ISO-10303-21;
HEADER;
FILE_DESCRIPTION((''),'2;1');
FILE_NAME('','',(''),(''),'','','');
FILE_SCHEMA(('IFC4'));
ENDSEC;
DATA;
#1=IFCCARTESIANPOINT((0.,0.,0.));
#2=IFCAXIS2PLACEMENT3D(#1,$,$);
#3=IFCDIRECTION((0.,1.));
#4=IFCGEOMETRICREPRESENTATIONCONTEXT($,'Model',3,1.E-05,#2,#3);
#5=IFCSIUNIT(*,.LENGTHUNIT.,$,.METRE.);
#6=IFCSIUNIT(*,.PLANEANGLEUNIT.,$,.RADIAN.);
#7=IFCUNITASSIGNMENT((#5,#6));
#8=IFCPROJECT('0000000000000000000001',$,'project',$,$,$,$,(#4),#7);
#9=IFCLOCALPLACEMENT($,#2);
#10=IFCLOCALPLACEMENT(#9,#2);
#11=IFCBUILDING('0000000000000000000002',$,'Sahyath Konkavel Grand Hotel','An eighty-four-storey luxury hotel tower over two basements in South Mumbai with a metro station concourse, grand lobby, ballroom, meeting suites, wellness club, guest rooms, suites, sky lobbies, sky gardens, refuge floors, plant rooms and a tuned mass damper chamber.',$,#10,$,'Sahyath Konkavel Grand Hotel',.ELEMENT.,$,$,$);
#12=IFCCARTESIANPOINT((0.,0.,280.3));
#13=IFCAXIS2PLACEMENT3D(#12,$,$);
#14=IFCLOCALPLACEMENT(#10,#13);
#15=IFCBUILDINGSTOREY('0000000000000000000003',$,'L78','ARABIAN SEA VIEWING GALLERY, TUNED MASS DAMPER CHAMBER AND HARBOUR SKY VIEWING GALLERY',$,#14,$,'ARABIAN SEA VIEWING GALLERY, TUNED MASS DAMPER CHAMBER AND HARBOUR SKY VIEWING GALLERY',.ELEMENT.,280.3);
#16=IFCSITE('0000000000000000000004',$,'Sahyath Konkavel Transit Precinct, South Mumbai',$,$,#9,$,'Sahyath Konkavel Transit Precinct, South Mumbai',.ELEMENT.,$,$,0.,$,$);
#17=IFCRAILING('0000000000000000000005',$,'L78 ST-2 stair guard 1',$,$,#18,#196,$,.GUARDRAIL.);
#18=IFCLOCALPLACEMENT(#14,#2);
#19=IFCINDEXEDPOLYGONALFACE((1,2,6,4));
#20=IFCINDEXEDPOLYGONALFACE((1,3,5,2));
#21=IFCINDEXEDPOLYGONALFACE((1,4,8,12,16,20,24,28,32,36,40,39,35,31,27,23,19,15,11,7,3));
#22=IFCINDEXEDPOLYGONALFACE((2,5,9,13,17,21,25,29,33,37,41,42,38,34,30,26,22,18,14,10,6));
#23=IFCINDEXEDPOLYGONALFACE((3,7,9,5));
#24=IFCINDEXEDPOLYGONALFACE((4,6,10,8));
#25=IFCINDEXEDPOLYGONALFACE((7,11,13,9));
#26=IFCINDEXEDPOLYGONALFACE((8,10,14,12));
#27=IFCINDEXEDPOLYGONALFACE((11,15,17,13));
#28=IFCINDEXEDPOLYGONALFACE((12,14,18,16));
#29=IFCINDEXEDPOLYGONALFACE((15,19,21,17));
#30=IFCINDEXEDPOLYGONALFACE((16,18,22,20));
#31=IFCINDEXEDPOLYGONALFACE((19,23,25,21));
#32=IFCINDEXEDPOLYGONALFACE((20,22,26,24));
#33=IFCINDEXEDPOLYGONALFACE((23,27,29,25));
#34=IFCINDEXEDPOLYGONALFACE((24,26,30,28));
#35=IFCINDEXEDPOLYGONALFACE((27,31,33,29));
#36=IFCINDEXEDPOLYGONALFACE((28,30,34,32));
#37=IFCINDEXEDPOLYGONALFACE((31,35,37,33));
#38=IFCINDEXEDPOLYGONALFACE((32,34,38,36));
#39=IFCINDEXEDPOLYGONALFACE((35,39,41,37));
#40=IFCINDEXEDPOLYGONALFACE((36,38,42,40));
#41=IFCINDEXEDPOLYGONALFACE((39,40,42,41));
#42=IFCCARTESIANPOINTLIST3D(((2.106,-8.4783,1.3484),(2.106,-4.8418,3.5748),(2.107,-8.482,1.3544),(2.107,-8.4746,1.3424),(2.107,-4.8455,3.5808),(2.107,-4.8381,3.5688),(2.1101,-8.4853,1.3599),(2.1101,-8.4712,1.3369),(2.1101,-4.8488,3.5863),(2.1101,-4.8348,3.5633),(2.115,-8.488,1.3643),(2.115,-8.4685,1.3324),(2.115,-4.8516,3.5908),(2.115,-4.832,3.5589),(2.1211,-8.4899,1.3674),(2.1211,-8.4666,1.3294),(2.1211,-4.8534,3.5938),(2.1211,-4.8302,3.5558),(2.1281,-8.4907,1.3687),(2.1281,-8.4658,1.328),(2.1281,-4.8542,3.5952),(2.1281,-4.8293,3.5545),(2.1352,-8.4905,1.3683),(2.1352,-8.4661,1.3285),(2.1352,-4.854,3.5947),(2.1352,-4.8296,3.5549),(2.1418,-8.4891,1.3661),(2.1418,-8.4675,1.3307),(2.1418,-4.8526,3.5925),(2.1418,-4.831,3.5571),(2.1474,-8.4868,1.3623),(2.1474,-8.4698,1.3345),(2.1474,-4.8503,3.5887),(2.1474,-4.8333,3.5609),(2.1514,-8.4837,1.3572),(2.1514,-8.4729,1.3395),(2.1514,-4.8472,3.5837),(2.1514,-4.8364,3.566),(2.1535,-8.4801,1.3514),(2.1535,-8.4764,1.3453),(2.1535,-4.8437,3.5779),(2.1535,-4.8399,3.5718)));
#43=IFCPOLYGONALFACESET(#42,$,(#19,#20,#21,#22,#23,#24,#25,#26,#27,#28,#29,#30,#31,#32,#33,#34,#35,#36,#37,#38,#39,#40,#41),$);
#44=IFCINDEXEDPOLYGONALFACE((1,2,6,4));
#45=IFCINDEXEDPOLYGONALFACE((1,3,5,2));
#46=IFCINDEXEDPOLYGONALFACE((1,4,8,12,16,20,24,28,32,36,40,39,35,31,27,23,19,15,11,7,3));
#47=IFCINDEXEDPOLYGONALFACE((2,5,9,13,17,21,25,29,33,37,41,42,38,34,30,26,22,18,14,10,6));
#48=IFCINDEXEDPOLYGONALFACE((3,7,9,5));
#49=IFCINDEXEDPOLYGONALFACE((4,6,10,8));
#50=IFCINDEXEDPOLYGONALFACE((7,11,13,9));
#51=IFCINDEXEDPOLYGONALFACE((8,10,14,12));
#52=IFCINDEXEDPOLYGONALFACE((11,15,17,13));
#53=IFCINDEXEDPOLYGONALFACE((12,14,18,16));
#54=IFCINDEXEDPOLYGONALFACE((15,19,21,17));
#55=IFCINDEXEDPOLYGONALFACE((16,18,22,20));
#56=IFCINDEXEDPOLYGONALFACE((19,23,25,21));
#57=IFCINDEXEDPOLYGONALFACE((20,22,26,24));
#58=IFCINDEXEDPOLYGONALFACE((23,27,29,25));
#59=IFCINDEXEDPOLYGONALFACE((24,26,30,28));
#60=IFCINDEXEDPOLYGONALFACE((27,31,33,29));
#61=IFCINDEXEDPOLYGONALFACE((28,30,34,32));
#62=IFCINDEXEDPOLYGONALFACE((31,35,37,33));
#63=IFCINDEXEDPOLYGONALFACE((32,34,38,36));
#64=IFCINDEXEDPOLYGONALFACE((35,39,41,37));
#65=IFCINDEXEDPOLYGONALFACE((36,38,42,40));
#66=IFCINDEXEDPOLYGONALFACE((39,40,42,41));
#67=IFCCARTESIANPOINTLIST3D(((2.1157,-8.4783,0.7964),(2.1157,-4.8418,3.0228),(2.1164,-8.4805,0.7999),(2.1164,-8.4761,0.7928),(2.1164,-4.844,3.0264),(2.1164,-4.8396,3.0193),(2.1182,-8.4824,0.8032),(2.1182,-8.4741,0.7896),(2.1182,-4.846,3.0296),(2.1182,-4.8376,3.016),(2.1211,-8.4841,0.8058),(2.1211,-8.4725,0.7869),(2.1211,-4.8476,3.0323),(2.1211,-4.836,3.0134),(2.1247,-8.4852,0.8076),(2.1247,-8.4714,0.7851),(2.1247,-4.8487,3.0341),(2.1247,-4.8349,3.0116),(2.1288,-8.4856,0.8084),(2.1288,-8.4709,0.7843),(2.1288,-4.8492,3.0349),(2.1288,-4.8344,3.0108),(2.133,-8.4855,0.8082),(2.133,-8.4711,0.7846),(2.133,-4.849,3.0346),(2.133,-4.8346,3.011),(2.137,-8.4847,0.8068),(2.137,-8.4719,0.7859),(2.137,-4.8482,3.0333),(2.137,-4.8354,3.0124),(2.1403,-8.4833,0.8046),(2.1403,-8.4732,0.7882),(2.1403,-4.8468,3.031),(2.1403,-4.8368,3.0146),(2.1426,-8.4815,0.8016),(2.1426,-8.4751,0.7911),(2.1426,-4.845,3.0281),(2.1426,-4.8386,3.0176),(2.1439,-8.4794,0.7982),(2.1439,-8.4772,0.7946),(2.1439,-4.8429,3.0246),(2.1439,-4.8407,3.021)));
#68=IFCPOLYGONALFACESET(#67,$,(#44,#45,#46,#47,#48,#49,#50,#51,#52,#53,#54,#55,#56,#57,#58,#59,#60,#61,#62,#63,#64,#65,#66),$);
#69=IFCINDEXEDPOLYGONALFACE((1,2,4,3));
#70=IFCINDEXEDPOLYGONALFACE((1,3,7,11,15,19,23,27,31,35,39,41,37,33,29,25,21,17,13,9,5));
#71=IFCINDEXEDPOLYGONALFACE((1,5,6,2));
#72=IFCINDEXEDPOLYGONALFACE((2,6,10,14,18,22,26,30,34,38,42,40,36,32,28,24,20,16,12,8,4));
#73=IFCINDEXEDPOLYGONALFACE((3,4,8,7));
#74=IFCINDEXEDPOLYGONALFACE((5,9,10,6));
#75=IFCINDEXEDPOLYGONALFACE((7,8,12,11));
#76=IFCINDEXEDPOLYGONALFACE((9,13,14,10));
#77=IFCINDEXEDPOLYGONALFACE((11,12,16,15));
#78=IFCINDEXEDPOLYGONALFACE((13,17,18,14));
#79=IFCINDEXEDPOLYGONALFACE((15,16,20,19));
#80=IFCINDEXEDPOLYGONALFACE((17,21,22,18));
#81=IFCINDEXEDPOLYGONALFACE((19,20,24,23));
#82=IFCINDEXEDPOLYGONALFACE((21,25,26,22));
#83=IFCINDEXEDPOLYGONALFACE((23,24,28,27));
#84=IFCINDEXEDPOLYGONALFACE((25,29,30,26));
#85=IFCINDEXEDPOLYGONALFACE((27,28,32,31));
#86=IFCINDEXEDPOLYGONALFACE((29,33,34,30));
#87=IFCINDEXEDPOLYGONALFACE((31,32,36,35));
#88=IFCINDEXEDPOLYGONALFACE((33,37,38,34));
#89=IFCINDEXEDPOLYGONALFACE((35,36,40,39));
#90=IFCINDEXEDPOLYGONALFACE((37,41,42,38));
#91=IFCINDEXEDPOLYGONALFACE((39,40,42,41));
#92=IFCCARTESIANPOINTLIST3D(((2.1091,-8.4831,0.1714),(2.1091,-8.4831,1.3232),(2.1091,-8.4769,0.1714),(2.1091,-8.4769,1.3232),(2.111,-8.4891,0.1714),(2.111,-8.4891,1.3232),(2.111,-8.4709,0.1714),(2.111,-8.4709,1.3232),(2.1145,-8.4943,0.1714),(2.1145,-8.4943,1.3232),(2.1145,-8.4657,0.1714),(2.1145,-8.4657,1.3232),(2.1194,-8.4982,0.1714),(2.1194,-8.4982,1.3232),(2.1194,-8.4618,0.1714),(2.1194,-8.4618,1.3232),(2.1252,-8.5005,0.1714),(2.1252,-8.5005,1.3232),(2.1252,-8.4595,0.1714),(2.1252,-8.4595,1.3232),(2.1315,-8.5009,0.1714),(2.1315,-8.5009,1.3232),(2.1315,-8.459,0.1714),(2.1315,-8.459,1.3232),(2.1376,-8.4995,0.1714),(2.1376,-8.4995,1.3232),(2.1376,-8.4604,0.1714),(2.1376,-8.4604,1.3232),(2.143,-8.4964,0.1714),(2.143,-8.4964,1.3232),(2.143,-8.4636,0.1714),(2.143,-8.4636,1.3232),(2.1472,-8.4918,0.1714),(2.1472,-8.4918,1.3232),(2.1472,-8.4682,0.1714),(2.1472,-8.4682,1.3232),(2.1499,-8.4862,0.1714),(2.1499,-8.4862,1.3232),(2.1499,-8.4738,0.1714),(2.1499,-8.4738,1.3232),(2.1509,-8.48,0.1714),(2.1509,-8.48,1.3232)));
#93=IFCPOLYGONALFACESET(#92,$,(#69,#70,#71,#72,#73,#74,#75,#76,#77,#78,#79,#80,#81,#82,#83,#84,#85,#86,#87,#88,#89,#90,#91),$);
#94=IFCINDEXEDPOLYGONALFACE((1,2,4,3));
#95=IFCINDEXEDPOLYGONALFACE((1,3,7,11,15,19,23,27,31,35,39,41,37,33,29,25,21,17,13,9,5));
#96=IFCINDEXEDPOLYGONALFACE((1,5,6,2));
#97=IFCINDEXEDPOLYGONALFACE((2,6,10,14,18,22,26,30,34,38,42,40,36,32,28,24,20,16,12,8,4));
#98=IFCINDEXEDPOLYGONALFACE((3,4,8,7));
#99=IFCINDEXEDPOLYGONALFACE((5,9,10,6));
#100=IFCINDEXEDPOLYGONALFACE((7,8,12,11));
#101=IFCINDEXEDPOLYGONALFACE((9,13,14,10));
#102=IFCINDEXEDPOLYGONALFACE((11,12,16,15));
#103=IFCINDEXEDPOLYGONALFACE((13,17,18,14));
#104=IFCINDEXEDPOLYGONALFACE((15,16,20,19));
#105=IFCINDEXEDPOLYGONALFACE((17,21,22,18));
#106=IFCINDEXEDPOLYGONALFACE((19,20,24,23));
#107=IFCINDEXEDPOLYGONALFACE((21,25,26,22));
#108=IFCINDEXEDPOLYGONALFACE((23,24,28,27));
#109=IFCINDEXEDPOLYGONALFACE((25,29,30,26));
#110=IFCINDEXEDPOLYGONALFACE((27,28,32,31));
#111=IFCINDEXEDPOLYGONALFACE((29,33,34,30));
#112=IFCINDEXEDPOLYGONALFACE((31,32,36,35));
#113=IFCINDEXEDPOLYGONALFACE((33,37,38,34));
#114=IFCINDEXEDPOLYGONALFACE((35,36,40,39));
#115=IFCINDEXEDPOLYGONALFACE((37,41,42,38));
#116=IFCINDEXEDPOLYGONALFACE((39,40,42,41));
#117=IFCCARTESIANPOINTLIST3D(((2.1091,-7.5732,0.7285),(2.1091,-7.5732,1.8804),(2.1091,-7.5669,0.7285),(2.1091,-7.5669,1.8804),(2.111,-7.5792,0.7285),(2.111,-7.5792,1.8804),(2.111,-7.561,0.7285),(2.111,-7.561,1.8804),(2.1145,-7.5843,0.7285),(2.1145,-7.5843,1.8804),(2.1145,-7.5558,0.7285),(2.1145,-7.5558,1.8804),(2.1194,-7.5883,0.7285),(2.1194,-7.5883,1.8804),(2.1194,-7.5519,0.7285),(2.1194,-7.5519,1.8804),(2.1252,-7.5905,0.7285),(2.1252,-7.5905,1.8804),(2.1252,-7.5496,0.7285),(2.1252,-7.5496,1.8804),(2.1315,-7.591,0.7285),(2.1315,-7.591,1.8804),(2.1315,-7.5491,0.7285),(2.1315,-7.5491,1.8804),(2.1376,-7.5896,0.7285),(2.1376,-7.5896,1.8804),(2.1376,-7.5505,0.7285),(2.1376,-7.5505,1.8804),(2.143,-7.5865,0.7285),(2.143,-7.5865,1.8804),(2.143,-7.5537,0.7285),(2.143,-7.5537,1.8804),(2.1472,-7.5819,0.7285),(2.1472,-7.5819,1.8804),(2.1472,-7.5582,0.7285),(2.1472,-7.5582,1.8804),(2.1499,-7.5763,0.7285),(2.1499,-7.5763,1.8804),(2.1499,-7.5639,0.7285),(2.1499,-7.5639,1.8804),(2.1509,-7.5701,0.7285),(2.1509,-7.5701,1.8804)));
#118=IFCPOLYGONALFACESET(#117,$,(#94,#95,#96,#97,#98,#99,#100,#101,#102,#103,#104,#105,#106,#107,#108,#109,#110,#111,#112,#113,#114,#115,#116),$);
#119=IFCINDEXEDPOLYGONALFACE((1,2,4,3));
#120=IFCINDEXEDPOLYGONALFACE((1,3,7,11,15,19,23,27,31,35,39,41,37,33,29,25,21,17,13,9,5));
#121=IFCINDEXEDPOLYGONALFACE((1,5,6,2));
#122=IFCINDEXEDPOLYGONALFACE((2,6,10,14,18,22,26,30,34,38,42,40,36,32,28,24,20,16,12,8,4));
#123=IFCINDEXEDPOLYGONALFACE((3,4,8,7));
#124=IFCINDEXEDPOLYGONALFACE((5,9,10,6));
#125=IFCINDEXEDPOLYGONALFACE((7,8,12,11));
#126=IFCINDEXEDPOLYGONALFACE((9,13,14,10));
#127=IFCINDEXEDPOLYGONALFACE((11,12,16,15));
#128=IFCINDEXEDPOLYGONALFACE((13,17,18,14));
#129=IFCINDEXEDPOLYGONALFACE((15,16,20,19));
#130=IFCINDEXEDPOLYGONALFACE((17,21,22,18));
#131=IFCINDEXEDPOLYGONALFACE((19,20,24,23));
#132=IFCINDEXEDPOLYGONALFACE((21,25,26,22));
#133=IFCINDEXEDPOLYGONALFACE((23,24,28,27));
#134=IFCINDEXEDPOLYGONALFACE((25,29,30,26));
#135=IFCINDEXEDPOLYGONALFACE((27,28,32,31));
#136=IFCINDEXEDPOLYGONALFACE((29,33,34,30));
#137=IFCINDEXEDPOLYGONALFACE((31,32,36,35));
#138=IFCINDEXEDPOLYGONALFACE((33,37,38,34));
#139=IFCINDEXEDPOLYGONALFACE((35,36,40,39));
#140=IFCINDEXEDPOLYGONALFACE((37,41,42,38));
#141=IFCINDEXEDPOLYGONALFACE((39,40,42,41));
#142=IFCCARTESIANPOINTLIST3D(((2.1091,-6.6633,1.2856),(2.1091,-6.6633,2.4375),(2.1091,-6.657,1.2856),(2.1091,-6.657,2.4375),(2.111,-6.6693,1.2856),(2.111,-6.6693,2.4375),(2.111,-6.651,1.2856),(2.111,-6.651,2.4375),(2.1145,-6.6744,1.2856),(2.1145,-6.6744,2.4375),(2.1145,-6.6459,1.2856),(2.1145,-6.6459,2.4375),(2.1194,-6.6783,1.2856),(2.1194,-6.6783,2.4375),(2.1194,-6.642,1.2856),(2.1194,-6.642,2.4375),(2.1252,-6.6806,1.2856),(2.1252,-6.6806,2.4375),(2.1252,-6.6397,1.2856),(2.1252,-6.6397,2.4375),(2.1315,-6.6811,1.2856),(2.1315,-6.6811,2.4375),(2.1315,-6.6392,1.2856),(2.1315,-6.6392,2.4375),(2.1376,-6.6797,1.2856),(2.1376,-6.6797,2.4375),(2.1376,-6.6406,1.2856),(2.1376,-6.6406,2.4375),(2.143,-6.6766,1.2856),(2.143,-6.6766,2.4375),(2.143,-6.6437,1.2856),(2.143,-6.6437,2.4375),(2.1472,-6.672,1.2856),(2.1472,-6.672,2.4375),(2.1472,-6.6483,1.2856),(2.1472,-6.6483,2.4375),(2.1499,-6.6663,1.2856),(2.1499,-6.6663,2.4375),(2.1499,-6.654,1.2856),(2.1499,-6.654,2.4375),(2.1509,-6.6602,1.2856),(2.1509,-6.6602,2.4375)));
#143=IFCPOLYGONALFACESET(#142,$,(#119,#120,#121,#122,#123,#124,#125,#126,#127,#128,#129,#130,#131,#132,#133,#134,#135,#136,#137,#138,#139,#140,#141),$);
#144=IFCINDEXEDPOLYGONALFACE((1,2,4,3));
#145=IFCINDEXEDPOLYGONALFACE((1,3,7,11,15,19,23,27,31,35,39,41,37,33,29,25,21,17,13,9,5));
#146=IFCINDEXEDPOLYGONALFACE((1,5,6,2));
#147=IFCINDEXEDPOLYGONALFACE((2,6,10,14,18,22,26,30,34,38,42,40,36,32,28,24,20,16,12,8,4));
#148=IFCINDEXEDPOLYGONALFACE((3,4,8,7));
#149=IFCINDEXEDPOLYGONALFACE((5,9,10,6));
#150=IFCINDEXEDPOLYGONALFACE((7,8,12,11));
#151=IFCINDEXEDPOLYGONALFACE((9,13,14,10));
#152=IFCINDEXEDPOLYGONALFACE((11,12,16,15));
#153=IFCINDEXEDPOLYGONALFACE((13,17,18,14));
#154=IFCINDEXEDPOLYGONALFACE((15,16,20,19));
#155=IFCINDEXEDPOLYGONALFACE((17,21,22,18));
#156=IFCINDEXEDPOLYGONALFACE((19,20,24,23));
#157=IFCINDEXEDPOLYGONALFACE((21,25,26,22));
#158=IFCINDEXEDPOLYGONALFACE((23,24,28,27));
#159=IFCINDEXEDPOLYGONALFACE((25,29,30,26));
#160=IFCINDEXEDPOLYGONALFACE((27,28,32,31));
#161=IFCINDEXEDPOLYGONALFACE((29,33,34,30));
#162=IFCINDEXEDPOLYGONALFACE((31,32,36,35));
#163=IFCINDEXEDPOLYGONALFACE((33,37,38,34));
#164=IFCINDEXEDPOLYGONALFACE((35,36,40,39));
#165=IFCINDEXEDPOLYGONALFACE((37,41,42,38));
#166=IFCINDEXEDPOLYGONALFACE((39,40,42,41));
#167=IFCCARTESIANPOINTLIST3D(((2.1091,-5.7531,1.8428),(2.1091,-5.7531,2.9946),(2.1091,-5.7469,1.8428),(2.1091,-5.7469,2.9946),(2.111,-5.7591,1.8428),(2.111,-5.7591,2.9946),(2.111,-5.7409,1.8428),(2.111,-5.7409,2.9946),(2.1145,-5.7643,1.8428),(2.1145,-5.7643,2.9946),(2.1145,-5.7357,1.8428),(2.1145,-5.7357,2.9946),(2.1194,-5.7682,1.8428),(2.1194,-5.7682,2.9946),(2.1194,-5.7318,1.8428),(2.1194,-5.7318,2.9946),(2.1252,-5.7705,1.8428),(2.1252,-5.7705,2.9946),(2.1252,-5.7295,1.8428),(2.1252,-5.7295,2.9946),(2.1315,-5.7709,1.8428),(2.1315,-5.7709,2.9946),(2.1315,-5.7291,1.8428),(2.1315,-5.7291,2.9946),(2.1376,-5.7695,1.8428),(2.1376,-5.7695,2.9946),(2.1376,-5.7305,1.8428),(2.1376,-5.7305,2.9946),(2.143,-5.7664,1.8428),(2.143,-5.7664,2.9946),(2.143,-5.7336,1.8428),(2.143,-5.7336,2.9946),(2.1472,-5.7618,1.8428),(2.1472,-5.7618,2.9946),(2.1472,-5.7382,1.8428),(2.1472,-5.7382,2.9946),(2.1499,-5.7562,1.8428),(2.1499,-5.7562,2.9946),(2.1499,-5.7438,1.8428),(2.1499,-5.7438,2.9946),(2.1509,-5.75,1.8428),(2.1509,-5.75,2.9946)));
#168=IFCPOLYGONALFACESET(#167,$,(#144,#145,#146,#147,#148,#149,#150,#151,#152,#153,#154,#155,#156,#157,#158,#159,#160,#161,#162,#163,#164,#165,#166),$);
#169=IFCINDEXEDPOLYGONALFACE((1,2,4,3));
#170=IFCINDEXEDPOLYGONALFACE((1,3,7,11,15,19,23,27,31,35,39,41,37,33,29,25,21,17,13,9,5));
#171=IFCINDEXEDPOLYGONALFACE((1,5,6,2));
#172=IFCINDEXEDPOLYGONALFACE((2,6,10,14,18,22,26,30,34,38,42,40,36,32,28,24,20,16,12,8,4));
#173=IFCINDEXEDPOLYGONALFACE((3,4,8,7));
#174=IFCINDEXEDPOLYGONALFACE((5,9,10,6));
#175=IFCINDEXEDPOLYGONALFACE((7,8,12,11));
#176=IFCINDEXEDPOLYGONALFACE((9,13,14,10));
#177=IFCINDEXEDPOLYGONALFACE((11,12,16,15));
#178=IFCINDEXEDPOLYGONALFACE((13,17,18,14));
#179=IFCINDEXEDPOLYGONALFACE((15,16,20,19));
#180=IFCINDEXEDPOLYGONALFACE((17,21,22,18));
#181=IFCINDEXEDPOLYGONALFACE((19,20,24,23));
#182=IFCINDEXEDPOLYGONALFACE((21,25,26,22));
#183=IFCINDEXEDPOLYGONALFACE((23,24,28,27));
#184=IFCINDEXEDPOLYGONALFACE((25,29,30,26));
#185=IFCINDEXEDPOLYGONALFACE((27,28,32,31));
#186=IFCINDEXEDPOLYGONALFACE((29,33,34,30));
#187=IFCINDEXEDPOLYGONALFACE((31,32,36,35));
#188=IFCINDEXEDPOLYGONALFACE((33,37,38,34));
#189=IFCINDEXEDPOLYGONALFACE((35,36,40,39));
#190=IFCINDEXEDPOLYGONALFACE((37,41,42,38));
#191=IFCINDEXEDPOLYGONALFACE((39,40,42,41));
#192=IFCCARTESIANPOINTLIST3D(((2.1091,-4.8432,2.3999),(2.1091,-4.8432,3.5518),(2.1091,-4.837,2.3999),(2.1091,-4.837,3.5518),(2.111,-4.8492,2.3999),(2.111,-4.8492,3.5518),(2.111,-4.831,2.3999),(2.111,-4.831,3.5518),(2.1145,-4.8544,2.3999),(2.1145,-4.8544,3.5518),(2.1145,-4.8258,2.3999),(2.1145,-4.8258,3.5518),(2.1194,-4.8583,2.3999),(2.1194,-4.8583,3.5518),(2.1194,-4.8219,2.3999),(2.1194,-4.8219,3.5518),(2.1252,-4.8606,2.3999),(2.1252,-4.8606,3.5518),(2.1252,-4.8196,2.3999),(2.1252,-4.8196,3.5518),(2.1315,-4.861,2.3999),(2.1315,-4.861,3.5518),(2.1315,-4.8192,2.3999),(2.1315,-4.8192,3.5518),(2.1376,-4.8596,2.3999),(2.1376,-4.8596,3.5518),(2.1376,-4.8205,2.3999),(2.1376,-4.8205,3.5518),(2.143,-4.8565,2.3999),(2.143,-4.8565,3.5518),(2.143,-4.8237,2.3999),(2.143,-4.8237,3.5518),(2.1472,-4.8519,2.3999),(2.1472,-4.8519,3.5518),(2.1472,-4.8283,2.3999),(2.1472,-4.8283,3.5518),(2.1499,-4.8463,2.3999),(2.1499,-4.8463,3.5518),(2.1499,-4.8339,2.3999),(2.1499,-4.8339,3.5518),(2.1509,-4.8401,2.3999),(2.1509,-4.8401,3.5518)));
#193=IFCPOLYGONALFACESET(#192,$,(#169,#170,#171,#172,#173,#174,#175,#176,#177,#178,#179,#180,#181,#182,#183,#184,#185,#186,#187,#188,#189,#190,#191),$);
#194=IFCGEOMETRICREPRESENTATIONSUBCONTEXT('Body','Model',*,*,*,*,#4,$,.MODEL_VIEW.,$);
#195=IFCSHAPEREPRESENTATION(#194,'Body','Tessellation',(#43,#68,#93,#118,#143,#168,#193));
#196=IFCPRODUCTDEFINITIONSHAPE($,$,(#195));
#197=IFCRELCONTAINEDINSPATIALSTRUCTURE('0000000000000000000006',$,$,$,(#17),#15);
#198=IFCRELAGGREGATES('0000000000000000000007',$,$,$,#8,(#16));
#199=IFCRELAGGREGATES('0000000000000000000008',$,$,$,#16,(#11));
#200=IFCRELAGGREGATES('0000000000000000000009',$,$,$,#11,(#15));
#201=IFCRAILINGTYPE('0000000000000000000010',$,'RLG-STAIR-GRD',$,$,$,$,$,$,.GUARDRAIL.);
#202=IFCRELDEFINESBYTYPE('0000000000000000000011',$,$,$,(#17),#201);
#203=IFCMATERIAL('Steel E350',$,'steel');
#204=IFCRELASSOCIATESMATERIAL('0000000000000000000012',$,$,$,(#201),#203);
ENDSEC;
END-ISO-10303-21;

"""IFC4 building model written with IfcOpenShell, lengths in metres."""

from ifc_helpers import new_model, si_unit, direction, frame, origin, origin_2d, place, context, subcontext, project, spatial, circle, extrude, material, type_object, element, save


model = new_model("IFC4")

# Units and contexts
model_context = context("Model", 3, precision=1e-05, world=origin(), true_north=direction((0.0, 1.0)))
body_context = subcontext(model_context, "Body", "Model", "MODEL_VIEW")
ifc_project = project(units=[si_unit("LENGTHUNIT", "METRE"), si_unit("PLANEANGLEUNIT", "RADIAN")], contexts=[model_context])

# Site, building, storey
site_placement = place(None, origin())
site = spatial("IfcSite", under=ifc_project, at=site_placement, Name="Sahyath Konkavel Transit Precinct, South Mumbai", LongName="Sahyath Konkavel Transit Precinct, South Mumbai", CompositionType="ELEMENT", RefElevation=0.0)
building_placement = place(site_placement, origin())
building = spatial("IfcBuilding", under=site, at=building_placement, Name="Sahyath Konkavel Grand Hotel", Description="An eighty-four-storey luxury hotel tower over two basements in South Mumbai with a metro station concourse, grand lobby, ballroom, meeting suites, wellness club, guest rooms, suites, sky lobbies, sky gardens, refuge floors, plant rooms and a tuned mass damper chamber.", LongName="Sahyath Konkavel Grand Hotel", CompositionType="ELEMENT")
storey_placement = place(building_placement, frame((0.0, 0.0, 280.3)))
storey = spatial("IfcBuildingStorey", under=building, at=storey_placement, Name="L78", Description="ARABIAN SEA VIEWING GALLERY, TUNED MASS DAMPER CHAMBER AND HARBOUR SKY VIEWING GALLERY", LongName="ARABIAN SEA VIEWING GALLERY, TUNED MASS DAMPER CHAMBER AND HARBOUR SKY VIEWING GALLERY", CompositionType="ELEMENT", Elevation=280.3)

# Shared definitions
ifc_material_1 = material(Name="Steel E350", Category="steel")

# Railing
railing_type_1 = type_object("IfcRailingType", Name="RLG-STAIR-GRD", PredefinedType="GUARDRAIL", material=ifc_material_1)
railing_1_placement = place(storey_placement, frame((2.1299, -8.48, 0.1714)))
element("IfcRailing", 1, at=railing_1_placement, inside=storey, type_object=railing_type_1, Name="L78 ST-2 stair guard 1", PredefinedType="GUARDRAIL", context=body_context, shape_type="SweptSolid", body=[
    extrude(circle(Radius=0.0239, at=origin_2d()), frame((0.0, 0.0017, 1.177), z_axis=(0.0, 0.85285, 0.522156), x_axis=(-1.0, 0.0, 0.0)), (0.0, 0.0, 1.0), 4.2639),
    extrude(circle(Radius=0.0142, at=origin_2d()), frame((0.0, 0.0017, 0.625), z_axis=(0.0, 0.85285, 0.522156), x_axis=(-1.0, 0.0, 0.0)), (0.0, 0.0, 1.0), 4.2639),
    extrude(circle(Radius=0.021, at=origin_2d()), origin(), (0.0, 0.0, 1.0), 1.1519),
    extrude(circle(Radius=0.021, at=origin_2d()), frame((0.0, 0.9099, 0.5571)), (0.0, 0.0, 1.0), 1.1519),
    extrude(circle(Radius=0.021, at=origin_2d()), frame((0.0, 1.8198, 1.1143)), (0.0, 0.0, 1.0), 1.1519),
    extrude(circle(Radius=0.021, at=origin_2d()), frame((0.0, 2.73, 1.6714)), (0.0, 0.0, 1.0), 1.1519),
    extrude(circle(Radius=0.021, at=origin_2d()), frame((0.0, 3.6399, 2.2285)), (0.0, 0.0, 1.0), 1.1519),
])

save(model, "model.ifc")
